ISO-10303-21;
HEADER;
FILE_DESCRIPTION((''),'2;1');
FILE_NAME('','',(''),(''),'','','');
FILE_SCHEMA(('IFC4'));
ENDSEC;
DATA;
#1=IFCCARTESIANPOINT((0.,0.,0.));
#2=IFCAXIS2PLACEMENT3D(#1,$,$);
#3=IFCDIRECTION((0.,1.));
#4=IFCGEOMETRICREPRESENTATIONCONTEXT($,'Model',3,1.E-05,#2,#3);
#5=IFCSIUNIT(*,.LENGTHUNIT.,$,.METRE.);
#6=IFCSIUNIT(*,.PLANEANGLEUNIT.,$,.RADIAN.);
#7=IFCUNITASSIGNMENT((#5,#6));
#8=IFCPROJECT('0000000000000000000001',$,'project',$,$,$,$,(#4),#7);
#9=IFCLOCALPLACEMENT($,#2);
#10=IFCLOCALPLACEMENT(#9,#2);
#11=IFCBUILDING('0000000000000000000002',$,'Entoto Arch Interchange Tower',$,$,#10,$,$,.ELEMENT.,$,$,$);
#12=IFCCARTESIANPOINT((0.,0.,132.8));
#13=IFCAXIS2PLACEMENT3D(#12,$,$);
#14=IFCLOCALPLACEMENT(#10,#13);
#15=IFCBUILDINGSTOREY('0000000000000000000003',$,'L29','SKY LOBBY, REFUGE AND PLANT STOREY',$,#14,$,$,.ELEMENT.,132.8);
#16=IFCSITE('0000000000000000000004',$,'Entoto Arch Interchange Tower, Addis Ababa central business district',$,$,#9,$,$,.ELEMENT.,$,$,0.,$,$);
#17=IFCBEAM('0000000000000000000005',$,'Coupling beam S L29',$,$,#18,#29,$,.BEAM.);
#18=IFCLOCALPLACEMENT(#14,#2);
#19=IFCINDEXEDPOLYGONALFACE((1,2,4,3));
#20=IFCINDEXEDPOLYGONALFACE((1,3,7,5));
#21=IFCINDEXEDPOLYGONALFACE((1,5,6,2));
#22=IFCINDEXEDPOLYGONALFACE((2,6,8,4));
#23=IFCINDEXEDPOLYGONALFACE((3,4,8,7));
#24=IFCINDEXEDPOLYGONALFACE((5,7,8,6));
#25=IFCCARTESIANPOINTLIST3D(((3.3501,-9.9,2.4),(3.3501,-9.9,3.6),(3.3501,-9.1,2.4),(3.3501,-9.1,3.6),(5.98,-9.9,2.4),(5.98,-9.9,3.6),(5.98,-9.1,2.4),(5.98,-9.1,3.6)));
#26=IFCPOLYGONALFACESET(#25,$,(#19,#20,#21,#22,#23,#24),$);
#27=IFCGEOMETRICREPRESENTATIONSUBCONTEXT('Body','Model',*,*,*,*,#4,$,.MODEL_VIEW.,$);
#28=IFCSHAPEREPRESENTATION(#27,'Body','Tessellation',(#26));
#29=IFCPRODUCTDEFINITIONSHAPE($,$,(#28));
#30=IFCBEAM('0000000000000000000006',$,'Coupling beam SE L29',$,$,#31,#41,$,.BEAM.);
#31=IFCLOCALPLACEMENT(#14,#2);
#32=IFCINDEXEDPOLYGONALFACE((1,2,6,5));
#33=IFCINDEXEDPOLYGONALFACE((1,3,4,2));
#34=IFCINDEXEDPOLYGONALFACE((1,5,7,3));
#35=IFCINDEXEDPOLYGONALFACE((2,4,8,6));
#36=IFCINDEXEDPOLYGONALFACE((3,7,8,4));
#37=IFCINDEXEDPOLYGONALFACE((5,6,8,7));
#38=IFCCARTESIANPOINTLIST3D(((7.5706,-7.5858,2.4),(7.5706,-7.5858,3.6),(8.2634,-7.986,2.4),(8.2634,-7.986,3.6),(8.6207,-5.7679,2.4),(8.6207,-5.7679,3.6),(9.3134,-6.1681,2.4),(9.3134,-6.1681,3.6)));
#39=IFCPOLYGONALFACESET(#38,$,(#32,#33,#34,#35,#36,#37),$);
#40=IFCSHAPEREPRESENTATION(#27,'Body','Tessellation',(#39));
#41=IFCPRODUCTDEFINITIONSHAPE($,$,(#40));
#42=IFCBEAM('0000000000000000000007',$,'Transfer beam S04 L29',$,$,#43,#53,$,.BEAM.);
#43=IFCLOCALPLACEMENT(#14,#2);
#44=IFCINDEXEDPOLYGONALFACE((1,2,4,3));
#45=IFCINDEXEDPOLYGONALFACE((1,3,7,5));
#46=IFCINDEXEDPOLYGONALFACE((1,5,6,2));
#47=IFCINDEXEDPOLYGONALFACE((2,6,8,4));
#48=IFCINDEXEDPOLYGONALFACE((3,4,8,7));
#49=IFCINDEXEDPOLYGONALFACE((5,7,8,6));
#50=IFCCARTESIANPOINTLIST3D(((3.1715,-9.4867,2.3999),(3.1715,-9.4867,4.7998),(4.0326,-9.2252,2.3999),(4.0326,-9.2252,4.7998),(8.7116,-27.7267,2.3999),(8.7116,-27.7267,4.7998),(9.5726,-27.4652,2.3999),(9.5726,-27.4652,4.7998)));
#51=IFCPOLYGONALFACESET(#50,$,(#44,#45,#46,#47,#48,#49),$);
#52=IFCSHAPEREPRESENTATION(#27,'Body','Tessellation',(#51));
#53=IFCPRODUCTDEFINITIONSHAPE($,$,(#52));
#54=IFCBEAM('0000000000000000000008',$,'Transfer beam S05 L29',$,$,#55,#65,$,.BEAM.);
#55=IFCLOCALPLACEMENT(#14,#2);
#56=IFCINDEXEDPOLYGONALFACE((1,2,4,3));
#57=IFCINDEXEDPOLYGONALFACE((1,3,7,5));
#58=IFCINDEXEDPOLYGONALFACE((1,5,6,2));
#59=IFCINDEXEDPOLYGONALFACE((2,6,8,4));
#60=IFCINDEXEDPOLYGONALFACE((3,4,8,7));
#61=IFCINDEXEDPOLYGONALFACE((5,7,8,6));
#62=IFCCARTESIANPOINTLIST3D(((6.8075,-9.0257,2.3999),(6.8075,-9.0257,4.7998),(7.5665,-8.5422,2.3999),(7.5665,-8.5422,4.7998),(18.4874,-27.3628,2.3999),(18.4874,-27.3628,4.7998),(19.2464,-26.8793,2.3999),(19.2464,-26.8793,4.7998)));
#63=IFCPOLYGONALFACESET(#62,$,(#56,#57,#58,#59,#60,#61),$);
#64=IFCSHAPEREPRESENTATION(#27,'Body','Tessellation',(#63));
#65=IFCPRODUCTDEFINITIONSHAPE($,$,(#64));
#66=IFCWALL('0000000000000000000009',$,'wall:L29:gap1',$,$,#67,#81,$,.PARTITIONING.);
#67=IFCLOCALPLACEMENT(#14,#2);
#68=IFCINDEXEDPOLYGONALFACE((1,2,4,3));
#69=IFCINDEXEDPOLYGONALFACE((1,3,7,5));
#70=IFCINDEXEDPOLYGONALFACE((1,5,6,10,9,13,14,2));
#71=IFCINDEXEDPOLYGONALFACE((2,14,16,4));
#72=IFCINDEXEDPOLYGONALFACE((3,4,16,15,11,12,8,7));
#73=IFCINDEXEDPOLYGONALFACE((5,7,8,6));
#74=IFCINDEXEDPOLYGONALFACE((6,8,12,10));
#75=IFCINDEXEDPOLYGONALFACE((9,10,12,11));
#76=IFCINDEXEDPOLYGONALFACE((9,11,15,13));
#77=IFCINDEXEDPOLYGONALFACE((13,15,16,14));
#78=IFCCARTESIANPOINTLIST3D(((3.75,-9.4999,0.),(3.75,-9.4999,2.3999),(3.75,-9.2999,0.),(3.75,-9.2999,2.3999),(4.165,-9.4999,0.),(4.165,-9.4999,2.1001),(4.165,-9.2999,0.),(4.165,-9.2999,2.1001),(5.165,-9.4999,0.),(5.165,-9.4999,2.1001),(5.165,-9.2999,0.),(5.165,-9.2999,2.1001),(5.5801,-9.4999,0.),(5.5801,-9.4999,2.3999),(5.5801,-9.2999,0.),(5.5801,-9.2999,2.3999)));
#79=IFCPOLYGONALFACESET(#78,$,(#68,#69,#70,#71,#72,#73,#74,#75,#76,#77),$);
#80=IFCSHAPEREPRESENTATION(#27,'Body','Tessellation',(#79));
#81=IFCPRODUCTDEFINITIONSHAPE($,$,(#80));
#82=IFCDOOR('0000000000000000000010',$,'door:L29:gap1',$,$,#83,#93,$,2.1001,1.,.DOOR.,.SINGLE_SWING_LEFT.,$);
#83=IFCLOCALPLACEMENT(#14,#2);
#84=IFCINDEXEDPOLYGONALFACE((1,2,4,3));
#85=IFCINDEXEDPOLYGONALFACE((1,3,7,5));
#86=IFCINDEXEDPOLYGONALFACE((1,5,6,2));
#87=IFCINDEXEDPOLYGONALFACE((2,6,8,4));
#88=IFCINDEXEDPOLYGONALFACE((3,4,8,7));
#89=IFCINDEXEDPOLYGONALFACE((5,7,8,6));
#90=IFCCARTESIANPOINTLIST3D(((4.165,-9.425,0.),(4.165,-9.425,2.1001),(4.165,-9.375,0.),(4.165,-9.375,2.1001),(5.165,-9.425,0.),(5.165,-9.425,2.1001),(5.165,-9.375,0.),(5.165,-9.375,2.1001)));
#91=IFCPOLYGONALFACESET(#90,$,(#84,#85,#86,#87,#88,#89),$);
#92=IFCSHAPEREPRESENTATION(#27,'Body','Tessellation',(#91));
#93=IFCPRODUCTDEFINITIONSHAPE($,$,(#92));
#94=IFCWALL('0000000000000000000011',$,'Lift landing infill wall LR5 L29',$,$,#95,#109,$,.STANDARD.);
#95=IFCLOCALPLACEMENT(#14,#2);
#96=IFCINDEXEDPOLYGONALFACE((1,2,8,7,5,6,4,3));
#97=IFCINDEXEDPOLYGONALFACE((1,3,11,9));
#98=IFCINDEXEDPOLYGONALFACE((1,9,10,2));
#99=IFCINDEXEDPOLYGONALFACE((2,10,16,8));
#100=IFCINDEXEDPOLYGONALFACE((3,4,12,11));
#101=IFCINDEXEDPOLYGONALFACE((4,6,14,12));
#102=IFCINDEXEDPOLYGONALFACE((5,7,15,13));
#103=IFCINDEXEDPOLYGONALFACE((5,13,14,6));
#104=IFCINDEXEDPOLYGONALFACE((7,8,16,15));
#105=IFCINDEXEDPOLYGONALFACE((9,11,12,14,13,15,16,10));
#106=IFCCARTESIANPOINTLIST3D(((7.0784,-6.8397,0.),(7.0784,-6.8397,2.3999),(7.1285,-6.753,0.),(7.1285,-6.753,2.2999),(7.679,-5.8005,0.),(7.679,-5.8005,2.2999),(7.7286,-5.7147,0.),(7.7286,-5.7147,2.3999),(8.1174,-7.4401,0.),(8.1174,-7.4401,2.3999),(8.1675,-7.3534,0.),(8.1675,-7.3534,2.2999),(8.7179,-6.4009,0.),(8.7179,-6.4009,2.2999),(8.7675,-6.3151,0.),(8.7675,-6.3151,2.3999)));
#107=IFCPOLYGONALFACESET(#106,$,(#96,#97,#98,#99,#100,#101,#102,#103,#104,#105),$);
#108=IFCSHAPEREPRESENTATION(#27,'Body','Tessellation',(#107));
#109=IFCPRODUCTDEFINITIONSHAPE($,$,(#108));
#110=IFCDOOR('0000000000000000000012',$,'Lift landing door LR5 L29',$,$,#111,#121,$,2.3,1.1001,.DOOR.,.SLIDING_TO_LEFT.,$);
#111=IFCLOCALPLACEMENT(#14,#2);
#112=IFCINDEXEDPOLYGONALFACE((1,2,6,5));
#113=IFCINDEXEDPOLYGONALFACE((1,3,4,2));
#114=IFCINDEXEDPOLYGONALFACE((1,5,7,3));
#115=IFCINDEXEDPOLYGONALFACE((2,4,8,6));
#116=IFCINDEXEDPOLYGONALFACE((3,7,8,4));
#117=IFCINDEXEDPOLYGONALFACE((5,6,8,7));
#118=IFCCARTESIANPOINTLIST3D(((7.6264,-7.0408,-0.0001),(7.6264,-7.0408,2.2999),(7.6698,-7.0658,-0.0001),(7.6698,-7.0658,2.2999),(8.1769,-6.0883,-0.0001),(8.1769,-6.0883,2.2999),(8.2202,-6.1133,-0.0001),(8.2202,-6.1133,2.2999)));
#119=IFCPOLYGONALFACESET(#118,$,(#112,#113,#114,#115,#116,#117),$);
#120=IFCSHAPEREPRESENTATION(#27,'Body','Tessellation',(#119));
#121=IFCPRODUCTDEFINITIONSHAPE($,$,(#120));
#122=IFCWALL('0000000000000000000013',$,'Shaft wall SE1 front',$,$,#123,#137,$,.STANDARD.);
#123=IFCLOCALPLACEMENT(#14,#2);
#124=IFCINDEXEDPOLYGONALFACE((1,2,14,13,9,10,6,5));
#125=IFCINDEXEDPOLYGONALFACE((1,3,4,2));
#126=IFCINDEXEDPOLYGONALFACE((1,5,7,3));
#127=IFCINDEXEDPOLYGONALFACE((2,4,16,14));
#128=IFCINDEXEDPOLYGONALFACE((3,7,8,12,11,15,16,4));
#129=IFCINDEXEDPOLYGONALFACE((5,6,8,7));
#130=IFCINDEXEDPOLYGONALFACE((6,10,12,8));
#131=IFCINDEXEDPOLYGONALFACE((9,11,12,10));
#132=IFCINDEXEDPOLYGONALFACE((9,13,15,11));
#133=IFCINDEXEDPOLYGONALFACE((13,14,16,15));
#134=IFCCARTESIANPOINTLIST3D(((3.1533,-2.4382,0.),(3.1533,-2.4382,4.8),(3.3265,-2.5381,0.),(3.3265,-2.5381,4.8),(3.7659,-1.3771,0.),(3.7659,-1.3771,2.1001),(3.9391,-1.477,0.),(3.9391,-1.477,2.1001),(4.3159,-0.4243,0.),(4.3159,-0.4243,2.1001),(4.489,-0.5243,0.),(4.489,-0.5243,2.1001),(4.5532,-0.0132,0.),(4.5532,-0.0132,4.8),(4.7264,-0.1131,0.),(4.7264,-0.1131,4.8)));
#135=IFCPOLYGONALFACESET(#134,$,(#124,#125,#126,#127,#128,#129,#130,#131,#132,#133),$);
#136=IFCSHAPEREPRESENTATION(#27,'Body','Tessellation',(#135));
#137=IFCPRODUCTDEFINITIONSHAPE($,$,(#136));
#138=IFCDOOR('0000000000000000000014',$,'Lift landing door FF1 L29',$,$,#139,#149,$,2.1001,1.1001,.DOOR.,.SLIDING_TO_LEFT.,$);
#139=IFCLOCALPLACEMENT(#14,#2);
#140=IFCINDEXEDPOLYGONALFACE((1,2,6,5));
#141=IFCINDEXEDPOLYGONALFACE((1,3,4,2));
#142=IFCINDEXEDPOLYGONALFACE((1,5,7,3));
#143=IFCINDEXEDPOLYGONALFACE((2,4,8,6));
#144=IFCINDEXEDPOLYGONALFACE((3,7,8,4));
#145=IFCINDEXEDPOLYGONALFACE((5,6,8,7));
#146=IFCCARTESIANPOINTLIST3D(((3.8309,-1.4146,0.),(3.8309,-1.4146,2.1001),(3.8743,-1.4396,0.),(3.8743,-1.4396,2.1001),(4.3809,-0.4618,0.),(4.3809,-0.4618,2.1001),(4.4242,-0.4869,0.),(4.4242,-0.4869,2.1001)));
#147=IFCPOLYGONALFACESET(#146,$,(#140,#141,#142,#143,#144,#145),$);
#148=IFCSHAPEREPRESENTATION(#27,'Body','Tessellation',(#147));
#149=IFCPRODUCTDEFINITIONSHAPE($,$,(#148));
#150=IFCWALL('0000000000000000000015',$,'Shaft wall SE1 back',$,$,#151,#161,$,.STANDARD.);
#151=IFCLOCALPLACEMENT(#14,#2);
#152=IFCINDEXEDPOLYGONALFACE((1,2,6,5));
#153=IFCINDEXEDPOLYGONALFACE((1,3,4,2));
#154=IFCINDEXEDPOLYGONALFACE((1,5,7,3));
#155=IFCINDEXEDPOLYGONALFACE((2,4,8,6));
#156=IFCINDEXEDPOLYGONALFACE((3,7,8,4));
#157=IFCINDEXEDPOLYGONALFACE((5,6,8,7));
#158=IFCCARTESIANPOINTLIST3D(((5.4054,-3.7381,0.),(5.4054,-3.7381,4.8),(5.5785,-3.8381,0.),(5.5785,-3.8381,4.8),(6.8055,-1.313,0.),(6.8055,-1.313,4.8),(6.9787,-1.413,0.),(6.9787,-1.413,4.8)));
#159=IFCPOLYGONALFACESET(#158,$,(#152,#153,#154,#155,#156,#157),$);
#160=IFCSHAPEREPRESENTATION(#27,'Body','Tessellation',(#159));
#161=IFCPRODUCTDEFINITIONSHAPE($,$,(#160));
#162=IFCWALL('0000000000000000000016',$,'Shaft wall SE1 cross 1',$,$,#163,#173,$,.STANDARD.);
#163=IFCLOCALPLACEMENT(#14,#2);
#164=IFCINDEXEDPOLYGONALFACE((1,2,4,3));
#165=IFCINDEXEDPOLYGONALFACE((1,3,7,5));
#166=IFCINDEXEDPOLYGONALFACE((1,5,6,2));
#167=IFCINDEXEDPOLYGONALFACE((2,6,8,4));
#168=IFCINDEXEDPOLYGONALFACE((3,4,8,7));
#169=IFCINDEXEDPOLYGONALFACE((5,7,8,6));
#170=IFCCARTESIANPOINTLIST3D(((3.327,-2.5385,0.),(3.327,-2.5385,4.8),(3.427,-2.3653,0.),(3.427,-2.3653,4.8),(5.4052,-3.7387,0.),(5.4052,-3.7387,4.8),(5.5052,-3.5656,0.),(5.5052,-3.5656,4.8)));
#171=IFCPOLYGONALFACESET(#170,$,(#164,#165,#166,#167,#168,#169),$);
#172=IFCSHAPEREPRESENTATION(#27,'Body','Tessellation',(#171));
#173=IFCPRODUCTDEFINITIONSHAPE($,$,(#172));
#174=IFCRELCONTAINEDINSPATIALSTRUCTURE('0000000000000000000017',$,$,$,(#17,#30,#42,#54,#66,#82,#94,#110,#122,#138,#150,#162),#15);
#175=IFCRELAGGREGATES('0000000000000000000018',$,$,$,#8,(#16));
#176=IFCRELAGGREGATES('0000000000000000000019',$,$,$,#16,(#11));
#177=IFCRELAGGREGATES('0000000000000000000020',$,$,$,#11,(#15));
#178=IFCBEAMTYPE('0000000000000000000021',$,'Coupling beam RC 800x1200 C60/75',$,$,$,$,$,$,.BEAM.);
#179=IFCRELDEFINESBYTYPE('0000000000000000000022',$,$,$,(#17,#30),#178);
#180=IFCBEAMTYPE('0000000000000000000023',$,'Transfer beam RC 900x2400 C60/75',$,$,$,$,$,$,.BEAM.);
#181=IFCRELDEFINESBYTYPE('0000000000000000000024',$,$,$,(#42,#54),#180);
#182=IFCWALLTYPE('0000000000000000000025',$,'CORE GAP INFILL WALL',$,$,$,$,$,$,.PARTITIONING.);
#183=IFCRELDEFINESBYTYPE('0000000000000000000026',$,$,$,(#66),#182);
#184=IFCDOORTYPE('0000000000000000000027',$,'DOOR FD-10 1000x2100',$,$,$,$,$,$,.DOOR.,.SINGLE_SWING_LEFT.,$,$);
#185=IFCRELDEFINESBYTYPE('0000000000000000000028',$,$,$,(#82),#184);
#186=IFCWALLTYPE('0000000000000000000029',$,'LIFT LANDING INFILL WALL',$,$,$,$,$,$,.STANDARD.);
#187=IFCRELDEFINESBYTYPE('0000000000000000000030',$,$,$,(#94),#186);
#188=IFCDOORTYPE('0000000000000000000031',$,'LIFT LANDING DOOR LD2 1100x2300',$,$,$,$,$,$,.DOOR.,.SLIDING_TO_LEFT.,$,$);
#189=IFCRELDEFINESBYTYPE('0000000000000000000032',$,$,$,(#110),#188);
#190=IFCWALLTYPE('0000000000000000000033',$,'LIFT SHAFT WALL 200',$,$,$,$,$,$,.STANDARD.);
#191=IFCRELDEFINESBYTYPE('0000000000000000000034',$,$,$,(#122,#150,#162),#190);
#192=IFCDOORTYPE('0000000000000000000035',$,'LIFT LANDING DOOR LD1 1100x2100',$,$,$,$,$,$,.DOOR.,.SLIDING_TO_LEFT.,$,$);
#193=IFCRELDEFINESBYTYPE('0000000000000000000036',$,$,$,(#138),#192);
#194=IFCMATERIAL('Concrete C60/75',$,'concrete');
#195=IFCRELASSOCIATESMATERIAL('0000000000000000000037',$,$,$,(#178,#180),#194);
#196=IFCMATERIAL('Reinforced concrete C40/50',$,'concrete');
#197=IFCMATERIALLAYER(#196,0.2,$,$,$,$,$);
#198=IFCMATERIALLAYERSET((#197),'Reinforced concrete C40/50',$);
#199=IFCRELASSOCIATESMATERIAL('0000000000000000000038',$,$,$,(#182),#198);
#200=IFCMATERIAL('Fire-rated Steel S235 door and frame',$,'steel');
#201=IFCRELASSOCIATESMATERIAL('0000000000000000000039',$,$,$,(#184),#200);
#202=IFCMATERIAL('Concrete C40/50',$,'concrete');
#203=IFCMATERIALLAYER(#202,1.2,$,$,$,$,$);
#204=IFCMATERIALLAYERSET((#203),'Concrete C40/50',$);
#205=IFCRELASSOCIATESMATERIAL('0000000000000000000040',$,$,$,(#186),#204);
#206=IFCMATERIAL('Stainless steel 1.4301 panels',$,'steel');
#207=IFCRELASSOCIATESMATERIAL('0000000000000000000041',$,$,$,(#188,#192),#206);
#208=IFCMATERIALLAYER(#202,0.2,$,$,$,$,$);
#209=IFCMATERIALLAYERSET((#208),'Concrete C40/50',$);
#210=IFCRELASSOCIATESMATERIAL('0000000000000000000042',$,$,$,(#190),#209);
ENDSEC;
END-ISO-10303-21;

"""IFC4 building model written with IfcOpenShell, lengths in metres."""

from ifc_helpers import new_model, si_unit, direction, frame, frame_2d, origin, origin_2d, place, context, subcontext, project, spatial, rectangle, extrude, material, layer, layer_set, material_profile, profile_set, type_object, element, fill, save


model = new_model("IFC4")

# Units and contexts
model_context = context("Model", 3, precision=1e-05, world=origin(), true_north=direction((0.0, 1.0)))
body_context = subcontext(model_context, "Body", "Model", "MODEL_VIEW")
ifc_project = project(units=[si_unit("LENGTHUNIT", "METRE"), si_unit("PLANEANGLEUNIT", "RADIAN")], contexts=[model_context])

# Site, building, storey
site_placement = place(None, origin())
site = spatial("IfcSite", under=ifc_project, at=site_placement, Name="Entoto Arch Interchange Tower, Addis Ababa central business district", CompositionType="ELEMENT", RefElevation=0.0)
building_placement = place(site_placement, origin())
building = spatial("IfcBuilding", under=site, at=building_placement, Name="Entoto Arch Interchange Tower", CompositionType="ELEMENT")
storey_placement = place(building_placement, frame((0.0, 0.0, 132.8)))
storey = spatial("IfcBuildingStorey", under=building, at=storey_placement, Name="L29", Description="SKY LOBBY, REFUGE AND PLANT STOREY", CompositionType="ELEMENT", Elevation=132.8)

# Beams
ifc_material_1 = material(Name="Concrete C60/75", Category="concrete")
ifc_material_profile_1 = material_profile(ifc_material_1, rectangle(XDim=0.8, YDim=1.2, at=origin_2d()))
ifc_profile_set_1 = profile_set([ifc_material_profile_1], Name="Concrete C60/75")
beam_type_1 = type_object("IfcBeamType", Name="Coupling beam RC 800x1200 C60/75", PredefinedType="BEAM", material=ifc_profile_set_1)
beam_1_placement = place(storey_placement, frame((3.3501, -9.5, 3.0), z_axis=(1.0, 0.0, 0.0), x_axis=(0.0, 1.0, 0.0)))
element("IfcBeam", 1, at=beam_1_placement, inside=storey, type_object=beam_type_1, Name="Coupling beam S L29", PredefinedType="BEAM", context=body_context, shape_type="SweptSolid", body=[
    extrude(rectangle(XDim=0.8, YDim=1.2, at=origin_2d()), origin(), (0.0, 0.0, 1.0), 2.6299),
])
beam_2_placement = place(storey_placement, frame((7.917, -7.7859, 3.0), z_axis=(0.500179, 0.865922, 0.0), x_axis=(-0.865922, 0.500179, 0.0)))
element("IfcBeam", 2, at=beam_2_placement, inside=storey, type_object=beam_type_1, Name="Coupling beam SE L29", PredefinedType="BEAM", context=body_context, shape_type="SweptSolid", body=[
    extrude(rectangle(XDim=0.8, YDim=1.2, at=origin_2d()), origin(), (0.0, 0.0, 1.0), 2.0994),
])
ifc_material_profile_2 = material_profile(ifc_material_1, rectangle(XDim=0.8999, YDim=2.3999, at=origin_2d()))
ifc_profile_set_2 = profile_set([ifc_material_profile_2], Name="Concrete C60/75")
beam_type_2 = type_object("IfcBeamType", Name="Transfer beam RC 900x2400 C60/75", PredefinedType="BEAM", material=ifc_profile_set_2)
beam_3_placement = place(storey_placement, frame((3.6021, -9.356, 3.5999), z_axis=(0.290621, -0.956838, 0.0), x_axis=(0.956838, 0.290621, 0.0)))
element("IfcBeam", 3, at=beam_3_placement, inside=storey, type_object=beam_type_2, Name="Transfer beam S04 L29", PredefinedType="BEAM", context=body_context, shape_type="SweptSolid", body=[
    extrude(rectangle(XDim=0.8999, YDim=2.3999, at=origin_2d()), origin(), (0.0, 0.0, 1.0), 19.0627),
])
beam_4_placement = place(storey_placement, frame((7.187, -8.7839, 3.5999), z_axis=(0.53723, -0.843436, 0.0), x_axis=(0.843436, 0.53723, 0.0)))
element("IfcBeam", 4, at=beam_4_placement, inside=storey, type_object=beam_type_2, Name="Transfer beam S05 L29", PredefinedType="BEAM", context=body_context, shape_type="SweptSolid", body=[
    extrude(rectangle(XDim=0.8999, YDim=2.3999, at=origin_2d()), origin(), (0.0, 0.0, 1.0), 21.741),
])

# Walls, openings, doors
ifc_material_2 = material(Name="Reinforced concrete C40/50", Category="concrete")
ifc_layer_1 = layer(ifc_material_2, 0.2)
ifc_layer_set_1 = layer_set([ifc_layer_1], Name="Reinforced concrete C40/50")
wall_type_1 = type_object("IfcWallType", Name="CORE GAP INFILL WALL", PredefinedType="PARTITIONING", material=ifc_layer_set_1)
wall_1_placement = place(storey_placement, frame((3.75, -9.3999, 0.0), z_axis=(0.0, 0.0, 1.0), x_axis=(1.0, 0.0, 0.0)))
wall_1 = element("IfcWall", 5, at=wall_1_placement, inside=storey, type_object=wall_type_1, Name="wall:L29:gap1", PredefinedType="PARTITIONING", context=body_context, shape_type="SweptSolid", body=[
    extrude(rectangle(XDim=1.8301, YDim=0.2, at=frame_2d((0.915, 0.0))), origin(), (0.0, 0.0, 1.0), 2.3999),
])
opening_1_placement = place(wall_1_placement, frame((0.415, 0.0, 0.0)))
opening_1 = element("IfcOpeningElement", 6, at=opening_1_placement, cuts=wall_1, PredefinedType="OPENING", context=body_context, shape_type="SweptSolid", body=[
    extrude(rectangle(XDim=1.0, YDim=2.1001, at=frame_2d((0.5, 1.05))), frame((0.0, 0.1099, 0.0), z_axis=(0.0, -1.0, 0.0), x_axis=(1.0, 0.0, 0.0)), (0.0, 0.0, 1.0), 0.22),
])
ifc_material_3 = material(Name="Fire-rated Steel S235 door and frame", Category="steel")
door_type_1 = type_object("IfcDoorType", Name="DOOR FD-10 1000x2100", OperationType="SINGLE_SWING_LEFT", PredefinedType="DOOR", material=ifc_material_3)
door_1_placement = place(opening_1_placement, origin())
door_1 = element("IfcDoor", 7, at=door_1_placement, inside=storey, type_object=door_type_1, Name="door:L29:gap1", OperationType="SINGLE_SWING_LEFT", OverallHeight=2.1001, OverallWidth=1.0, PredefinedType="DOOR", context=body_context, shape_type="SweptSolid", body=[
    extrude(rectangle(XDim=1.0, YDim=2.1001, at=frame_2d((0.5, 1.05))), frame((0.0, 0.0249, 0.0), z_axis=(0.0, -1.0, 0.0), x_axis=(1.0, 0.0, 0.0)), (0.0, 0.0, 1.0), 0.05),
])
fill(opening_1, door_1)
ifc_material_4 = material(Name="Concrete C40/50", Category="concrete")
ifc_layer_2 = layer(ifc_material_4, 1.2)
ifc_layer_set_2 = layer_set([ifc_layer_2], Name="Concrete C40/50")
wall_type_2 = type_object("IfcWallType", Name="LIFT LANDING INFILL WALL", PredefinedType="STANDARD", material=ifc_layer_set_2)
wall_2_placement = place(storey_placement, frame((7.5979, -7.1399, 0.0), z_axis=(0.0, 0.0, 1.0), x_axis=(0.500362, 0.865816, 0.0)))
wall_2 = element("IfcWall", 8, at=wall_2_placement, inside=storey, type_object=wall_type_2, Name="Lift landing infill wall LR5 L29", PredefinedType="STANDARD", context=body_context, shape_type="SweptSolid", body=[
    extrude(rectangle(XDim=1.2993, YDim=1.2, at=frame_2d((0.6497, 0.0))), origin(), (0.0, 0.0, 1.0), 2.3999),
])
opening_2_placement = place(wall_2_placement, frame((0.1001, 0.0, 0.0)))
opening_2 = element("IfcOpeningElement", 9, at=opening_2_placement, cuts=wall_2, PredefinedType="OPENING", context=body_context, shape_type="SweptSolid", body=[
    extrude(rectangle(XDim=1.1001, YDim=2.3, at=frame_2d((0.55, 1.1499))), frame((0.0, 0.6099, 0.0), z_axis=(0.0, -1.0, 0.0), x_axis=(1.0, 0.0, 0.0)), (0.0, 0.0, 1.0), 1.22),
])
ifc_material_5 = material(Name="Stainless steel 1.4301 panels", Category="steel")
door_type_2 = type_object("IfcDoorType", Name="LIFT LANDING DOOR LD2 1100x2300", OperationType="SLIDING_TO_LEFT", PredefinedType="DOOR", material=ifc_material_5)
door_2_placement = place(opening_2_placement, origin())
door_2 = element("IfcDoor", 10, at=door_2_placement, inside=storey, type_object=door_type_2, Name="Lift landing door LR5 L29", OperationType="SLIDING_TO_LEFT", OverallHeight=2.3, OverallWidth=1.1001, PredefinedType="DOOR", context=body_context, shape_type="SweptSolid", body=[
    extrude(rectangle(XDim=1.1001, YDim=2.3, at=frame_2d((0.55, 1.1499))), frame((0.0, 0.0249, 0.0), z_axis=(0.0, -1.0, 0.0), x_axis=(1.0, 0.0, 0.0)), (0.0, 0.0, 1.0), 0.05),
])
fill(opening_2, door_2)
ifc_layer_3 = layer(ifc_material_4, 0.2)
ifc_layer_set_3 = layer_set([ifc_layer_3], Name="Concrete C40/50")
wall_type_3 = type_object("IfcWallType", Name="LIFT SHAFT WALL 200", PredefinedType="STANDARD", material=ifc_layer_set_3)
wall_3_placement = place(storey_placement, frame((3.24, -2.488, 0.0), z_axis=(0.0, 0.0, 1.0), x_axis=(0.499946, 0.866056, 0.0)))
wall_3 = element("IfcWall", 11, at=wall_3_placement, inside=storey, type_object=wall_type_3, Name="Shaft wall SE1 front", PredefinedType="STANDARD", context=body_context, shape_type="SweptSolid", body=[
    extrude(rectangle(XDim=2.8, YDim=0.2, at=frame_2d((1.3999, 0.0))), origin(), (0.0, 0.0, 1.0), 4.8),
])
opening_3_placement = place(wall_3_placement, frame((1.2251, 0.0, 0.0)))
opening_3 = element("IfcOpeningElement", 12, at=opening_3_placement, cuts=wall_3, PredefinedType="OPENING", context=body_context, shape_type="SweptSolid", body=[
    extrude(rectangle(XDim=1.1001, YDim=2.1001, at=frame_2d((0.55, 1.05))), frame((0.0, 0.1099, 0.0), z_axis=(0.0, -1.0, 0.0), x_axis=(1.0, 0.0, 0.0)), (0.0, 0.0, 1.0), 0.22),
])
door_type_3 = type_object("IfcDoorType", Name="LIFT LANDING DOOR LD1 1100x2100", OperationType="SLIDING_TO_LEFT", PredefinedType="DOOR", material=ifc_material_5)
door_3_placement = place(opening_3_placement, origin())
door_3 = element("IfcDoor", 13, at=door_3_placement, inside=storey, type_object=door_type_3, Name="Lift landing door FF1 L29", OperationType="SLIDING_TO_LEFT", OverallHeight=2.1001, OverallWidth=1.1001, PredefinedType="DOOR", context=body_context, shape_type="SweptSolid", body=[
    extrude(rectangle(XDim=1.1001, YDim=2.1001, at=frame_2d((0.55, 1.05))), frame((0.0, 0.0249, 0.0), z_axis=(0.0, -1.0, 0.0), x_axis=(1.0, 0.0, 0.0)), (0.0, 0.0, 1.0), 0.05),
])
fill(opening_3, door_3)

# Walls
wall_4_placement = place(storey_placement, frame((5.4919, -3.7881, 0.0), z_axis=(0.0, 0.0, 1.0), x_axis=(0.500012, 0.866019, 0.0)))
element("IfcWall", 14, at=wall_4_placement, inside=storey, type_object=wall_type_3, Name="Shaft wall SE1 back", PredefinedType="STANDARD", context=body_context, shape_type="SweptSolid", body=[
    extrude(rectangle(XDim=2.8003, YDim=0.2, at=frame_2d((1.4001, 0.0))), origin(), (0.0, 0.0, 1.0), 4.8),
])
wall_5_placement = place(storey_placement, frame((3.377, -2.4519, 0.0), z_axis=(0.0, 0.0, 1.0), x_axis=(0.865955, -0.500122, 0.0)))
element("IfcWall", 15, at=wall_5_placement, inside=storey, type_object=wall_type_3, Name="Shaft wall SE1 cross 1", PredefinedType="STANDARD", context=body_context, shape_type="SweptSolid", body=[
    extrude(rectangle(XDim=2.3999, YDim=0.2, at=frame_2d((1.2, 0.0))), origin(), (0.0, 0.0, 1.0), 4.8),
])

save(model, "model.ifc")
